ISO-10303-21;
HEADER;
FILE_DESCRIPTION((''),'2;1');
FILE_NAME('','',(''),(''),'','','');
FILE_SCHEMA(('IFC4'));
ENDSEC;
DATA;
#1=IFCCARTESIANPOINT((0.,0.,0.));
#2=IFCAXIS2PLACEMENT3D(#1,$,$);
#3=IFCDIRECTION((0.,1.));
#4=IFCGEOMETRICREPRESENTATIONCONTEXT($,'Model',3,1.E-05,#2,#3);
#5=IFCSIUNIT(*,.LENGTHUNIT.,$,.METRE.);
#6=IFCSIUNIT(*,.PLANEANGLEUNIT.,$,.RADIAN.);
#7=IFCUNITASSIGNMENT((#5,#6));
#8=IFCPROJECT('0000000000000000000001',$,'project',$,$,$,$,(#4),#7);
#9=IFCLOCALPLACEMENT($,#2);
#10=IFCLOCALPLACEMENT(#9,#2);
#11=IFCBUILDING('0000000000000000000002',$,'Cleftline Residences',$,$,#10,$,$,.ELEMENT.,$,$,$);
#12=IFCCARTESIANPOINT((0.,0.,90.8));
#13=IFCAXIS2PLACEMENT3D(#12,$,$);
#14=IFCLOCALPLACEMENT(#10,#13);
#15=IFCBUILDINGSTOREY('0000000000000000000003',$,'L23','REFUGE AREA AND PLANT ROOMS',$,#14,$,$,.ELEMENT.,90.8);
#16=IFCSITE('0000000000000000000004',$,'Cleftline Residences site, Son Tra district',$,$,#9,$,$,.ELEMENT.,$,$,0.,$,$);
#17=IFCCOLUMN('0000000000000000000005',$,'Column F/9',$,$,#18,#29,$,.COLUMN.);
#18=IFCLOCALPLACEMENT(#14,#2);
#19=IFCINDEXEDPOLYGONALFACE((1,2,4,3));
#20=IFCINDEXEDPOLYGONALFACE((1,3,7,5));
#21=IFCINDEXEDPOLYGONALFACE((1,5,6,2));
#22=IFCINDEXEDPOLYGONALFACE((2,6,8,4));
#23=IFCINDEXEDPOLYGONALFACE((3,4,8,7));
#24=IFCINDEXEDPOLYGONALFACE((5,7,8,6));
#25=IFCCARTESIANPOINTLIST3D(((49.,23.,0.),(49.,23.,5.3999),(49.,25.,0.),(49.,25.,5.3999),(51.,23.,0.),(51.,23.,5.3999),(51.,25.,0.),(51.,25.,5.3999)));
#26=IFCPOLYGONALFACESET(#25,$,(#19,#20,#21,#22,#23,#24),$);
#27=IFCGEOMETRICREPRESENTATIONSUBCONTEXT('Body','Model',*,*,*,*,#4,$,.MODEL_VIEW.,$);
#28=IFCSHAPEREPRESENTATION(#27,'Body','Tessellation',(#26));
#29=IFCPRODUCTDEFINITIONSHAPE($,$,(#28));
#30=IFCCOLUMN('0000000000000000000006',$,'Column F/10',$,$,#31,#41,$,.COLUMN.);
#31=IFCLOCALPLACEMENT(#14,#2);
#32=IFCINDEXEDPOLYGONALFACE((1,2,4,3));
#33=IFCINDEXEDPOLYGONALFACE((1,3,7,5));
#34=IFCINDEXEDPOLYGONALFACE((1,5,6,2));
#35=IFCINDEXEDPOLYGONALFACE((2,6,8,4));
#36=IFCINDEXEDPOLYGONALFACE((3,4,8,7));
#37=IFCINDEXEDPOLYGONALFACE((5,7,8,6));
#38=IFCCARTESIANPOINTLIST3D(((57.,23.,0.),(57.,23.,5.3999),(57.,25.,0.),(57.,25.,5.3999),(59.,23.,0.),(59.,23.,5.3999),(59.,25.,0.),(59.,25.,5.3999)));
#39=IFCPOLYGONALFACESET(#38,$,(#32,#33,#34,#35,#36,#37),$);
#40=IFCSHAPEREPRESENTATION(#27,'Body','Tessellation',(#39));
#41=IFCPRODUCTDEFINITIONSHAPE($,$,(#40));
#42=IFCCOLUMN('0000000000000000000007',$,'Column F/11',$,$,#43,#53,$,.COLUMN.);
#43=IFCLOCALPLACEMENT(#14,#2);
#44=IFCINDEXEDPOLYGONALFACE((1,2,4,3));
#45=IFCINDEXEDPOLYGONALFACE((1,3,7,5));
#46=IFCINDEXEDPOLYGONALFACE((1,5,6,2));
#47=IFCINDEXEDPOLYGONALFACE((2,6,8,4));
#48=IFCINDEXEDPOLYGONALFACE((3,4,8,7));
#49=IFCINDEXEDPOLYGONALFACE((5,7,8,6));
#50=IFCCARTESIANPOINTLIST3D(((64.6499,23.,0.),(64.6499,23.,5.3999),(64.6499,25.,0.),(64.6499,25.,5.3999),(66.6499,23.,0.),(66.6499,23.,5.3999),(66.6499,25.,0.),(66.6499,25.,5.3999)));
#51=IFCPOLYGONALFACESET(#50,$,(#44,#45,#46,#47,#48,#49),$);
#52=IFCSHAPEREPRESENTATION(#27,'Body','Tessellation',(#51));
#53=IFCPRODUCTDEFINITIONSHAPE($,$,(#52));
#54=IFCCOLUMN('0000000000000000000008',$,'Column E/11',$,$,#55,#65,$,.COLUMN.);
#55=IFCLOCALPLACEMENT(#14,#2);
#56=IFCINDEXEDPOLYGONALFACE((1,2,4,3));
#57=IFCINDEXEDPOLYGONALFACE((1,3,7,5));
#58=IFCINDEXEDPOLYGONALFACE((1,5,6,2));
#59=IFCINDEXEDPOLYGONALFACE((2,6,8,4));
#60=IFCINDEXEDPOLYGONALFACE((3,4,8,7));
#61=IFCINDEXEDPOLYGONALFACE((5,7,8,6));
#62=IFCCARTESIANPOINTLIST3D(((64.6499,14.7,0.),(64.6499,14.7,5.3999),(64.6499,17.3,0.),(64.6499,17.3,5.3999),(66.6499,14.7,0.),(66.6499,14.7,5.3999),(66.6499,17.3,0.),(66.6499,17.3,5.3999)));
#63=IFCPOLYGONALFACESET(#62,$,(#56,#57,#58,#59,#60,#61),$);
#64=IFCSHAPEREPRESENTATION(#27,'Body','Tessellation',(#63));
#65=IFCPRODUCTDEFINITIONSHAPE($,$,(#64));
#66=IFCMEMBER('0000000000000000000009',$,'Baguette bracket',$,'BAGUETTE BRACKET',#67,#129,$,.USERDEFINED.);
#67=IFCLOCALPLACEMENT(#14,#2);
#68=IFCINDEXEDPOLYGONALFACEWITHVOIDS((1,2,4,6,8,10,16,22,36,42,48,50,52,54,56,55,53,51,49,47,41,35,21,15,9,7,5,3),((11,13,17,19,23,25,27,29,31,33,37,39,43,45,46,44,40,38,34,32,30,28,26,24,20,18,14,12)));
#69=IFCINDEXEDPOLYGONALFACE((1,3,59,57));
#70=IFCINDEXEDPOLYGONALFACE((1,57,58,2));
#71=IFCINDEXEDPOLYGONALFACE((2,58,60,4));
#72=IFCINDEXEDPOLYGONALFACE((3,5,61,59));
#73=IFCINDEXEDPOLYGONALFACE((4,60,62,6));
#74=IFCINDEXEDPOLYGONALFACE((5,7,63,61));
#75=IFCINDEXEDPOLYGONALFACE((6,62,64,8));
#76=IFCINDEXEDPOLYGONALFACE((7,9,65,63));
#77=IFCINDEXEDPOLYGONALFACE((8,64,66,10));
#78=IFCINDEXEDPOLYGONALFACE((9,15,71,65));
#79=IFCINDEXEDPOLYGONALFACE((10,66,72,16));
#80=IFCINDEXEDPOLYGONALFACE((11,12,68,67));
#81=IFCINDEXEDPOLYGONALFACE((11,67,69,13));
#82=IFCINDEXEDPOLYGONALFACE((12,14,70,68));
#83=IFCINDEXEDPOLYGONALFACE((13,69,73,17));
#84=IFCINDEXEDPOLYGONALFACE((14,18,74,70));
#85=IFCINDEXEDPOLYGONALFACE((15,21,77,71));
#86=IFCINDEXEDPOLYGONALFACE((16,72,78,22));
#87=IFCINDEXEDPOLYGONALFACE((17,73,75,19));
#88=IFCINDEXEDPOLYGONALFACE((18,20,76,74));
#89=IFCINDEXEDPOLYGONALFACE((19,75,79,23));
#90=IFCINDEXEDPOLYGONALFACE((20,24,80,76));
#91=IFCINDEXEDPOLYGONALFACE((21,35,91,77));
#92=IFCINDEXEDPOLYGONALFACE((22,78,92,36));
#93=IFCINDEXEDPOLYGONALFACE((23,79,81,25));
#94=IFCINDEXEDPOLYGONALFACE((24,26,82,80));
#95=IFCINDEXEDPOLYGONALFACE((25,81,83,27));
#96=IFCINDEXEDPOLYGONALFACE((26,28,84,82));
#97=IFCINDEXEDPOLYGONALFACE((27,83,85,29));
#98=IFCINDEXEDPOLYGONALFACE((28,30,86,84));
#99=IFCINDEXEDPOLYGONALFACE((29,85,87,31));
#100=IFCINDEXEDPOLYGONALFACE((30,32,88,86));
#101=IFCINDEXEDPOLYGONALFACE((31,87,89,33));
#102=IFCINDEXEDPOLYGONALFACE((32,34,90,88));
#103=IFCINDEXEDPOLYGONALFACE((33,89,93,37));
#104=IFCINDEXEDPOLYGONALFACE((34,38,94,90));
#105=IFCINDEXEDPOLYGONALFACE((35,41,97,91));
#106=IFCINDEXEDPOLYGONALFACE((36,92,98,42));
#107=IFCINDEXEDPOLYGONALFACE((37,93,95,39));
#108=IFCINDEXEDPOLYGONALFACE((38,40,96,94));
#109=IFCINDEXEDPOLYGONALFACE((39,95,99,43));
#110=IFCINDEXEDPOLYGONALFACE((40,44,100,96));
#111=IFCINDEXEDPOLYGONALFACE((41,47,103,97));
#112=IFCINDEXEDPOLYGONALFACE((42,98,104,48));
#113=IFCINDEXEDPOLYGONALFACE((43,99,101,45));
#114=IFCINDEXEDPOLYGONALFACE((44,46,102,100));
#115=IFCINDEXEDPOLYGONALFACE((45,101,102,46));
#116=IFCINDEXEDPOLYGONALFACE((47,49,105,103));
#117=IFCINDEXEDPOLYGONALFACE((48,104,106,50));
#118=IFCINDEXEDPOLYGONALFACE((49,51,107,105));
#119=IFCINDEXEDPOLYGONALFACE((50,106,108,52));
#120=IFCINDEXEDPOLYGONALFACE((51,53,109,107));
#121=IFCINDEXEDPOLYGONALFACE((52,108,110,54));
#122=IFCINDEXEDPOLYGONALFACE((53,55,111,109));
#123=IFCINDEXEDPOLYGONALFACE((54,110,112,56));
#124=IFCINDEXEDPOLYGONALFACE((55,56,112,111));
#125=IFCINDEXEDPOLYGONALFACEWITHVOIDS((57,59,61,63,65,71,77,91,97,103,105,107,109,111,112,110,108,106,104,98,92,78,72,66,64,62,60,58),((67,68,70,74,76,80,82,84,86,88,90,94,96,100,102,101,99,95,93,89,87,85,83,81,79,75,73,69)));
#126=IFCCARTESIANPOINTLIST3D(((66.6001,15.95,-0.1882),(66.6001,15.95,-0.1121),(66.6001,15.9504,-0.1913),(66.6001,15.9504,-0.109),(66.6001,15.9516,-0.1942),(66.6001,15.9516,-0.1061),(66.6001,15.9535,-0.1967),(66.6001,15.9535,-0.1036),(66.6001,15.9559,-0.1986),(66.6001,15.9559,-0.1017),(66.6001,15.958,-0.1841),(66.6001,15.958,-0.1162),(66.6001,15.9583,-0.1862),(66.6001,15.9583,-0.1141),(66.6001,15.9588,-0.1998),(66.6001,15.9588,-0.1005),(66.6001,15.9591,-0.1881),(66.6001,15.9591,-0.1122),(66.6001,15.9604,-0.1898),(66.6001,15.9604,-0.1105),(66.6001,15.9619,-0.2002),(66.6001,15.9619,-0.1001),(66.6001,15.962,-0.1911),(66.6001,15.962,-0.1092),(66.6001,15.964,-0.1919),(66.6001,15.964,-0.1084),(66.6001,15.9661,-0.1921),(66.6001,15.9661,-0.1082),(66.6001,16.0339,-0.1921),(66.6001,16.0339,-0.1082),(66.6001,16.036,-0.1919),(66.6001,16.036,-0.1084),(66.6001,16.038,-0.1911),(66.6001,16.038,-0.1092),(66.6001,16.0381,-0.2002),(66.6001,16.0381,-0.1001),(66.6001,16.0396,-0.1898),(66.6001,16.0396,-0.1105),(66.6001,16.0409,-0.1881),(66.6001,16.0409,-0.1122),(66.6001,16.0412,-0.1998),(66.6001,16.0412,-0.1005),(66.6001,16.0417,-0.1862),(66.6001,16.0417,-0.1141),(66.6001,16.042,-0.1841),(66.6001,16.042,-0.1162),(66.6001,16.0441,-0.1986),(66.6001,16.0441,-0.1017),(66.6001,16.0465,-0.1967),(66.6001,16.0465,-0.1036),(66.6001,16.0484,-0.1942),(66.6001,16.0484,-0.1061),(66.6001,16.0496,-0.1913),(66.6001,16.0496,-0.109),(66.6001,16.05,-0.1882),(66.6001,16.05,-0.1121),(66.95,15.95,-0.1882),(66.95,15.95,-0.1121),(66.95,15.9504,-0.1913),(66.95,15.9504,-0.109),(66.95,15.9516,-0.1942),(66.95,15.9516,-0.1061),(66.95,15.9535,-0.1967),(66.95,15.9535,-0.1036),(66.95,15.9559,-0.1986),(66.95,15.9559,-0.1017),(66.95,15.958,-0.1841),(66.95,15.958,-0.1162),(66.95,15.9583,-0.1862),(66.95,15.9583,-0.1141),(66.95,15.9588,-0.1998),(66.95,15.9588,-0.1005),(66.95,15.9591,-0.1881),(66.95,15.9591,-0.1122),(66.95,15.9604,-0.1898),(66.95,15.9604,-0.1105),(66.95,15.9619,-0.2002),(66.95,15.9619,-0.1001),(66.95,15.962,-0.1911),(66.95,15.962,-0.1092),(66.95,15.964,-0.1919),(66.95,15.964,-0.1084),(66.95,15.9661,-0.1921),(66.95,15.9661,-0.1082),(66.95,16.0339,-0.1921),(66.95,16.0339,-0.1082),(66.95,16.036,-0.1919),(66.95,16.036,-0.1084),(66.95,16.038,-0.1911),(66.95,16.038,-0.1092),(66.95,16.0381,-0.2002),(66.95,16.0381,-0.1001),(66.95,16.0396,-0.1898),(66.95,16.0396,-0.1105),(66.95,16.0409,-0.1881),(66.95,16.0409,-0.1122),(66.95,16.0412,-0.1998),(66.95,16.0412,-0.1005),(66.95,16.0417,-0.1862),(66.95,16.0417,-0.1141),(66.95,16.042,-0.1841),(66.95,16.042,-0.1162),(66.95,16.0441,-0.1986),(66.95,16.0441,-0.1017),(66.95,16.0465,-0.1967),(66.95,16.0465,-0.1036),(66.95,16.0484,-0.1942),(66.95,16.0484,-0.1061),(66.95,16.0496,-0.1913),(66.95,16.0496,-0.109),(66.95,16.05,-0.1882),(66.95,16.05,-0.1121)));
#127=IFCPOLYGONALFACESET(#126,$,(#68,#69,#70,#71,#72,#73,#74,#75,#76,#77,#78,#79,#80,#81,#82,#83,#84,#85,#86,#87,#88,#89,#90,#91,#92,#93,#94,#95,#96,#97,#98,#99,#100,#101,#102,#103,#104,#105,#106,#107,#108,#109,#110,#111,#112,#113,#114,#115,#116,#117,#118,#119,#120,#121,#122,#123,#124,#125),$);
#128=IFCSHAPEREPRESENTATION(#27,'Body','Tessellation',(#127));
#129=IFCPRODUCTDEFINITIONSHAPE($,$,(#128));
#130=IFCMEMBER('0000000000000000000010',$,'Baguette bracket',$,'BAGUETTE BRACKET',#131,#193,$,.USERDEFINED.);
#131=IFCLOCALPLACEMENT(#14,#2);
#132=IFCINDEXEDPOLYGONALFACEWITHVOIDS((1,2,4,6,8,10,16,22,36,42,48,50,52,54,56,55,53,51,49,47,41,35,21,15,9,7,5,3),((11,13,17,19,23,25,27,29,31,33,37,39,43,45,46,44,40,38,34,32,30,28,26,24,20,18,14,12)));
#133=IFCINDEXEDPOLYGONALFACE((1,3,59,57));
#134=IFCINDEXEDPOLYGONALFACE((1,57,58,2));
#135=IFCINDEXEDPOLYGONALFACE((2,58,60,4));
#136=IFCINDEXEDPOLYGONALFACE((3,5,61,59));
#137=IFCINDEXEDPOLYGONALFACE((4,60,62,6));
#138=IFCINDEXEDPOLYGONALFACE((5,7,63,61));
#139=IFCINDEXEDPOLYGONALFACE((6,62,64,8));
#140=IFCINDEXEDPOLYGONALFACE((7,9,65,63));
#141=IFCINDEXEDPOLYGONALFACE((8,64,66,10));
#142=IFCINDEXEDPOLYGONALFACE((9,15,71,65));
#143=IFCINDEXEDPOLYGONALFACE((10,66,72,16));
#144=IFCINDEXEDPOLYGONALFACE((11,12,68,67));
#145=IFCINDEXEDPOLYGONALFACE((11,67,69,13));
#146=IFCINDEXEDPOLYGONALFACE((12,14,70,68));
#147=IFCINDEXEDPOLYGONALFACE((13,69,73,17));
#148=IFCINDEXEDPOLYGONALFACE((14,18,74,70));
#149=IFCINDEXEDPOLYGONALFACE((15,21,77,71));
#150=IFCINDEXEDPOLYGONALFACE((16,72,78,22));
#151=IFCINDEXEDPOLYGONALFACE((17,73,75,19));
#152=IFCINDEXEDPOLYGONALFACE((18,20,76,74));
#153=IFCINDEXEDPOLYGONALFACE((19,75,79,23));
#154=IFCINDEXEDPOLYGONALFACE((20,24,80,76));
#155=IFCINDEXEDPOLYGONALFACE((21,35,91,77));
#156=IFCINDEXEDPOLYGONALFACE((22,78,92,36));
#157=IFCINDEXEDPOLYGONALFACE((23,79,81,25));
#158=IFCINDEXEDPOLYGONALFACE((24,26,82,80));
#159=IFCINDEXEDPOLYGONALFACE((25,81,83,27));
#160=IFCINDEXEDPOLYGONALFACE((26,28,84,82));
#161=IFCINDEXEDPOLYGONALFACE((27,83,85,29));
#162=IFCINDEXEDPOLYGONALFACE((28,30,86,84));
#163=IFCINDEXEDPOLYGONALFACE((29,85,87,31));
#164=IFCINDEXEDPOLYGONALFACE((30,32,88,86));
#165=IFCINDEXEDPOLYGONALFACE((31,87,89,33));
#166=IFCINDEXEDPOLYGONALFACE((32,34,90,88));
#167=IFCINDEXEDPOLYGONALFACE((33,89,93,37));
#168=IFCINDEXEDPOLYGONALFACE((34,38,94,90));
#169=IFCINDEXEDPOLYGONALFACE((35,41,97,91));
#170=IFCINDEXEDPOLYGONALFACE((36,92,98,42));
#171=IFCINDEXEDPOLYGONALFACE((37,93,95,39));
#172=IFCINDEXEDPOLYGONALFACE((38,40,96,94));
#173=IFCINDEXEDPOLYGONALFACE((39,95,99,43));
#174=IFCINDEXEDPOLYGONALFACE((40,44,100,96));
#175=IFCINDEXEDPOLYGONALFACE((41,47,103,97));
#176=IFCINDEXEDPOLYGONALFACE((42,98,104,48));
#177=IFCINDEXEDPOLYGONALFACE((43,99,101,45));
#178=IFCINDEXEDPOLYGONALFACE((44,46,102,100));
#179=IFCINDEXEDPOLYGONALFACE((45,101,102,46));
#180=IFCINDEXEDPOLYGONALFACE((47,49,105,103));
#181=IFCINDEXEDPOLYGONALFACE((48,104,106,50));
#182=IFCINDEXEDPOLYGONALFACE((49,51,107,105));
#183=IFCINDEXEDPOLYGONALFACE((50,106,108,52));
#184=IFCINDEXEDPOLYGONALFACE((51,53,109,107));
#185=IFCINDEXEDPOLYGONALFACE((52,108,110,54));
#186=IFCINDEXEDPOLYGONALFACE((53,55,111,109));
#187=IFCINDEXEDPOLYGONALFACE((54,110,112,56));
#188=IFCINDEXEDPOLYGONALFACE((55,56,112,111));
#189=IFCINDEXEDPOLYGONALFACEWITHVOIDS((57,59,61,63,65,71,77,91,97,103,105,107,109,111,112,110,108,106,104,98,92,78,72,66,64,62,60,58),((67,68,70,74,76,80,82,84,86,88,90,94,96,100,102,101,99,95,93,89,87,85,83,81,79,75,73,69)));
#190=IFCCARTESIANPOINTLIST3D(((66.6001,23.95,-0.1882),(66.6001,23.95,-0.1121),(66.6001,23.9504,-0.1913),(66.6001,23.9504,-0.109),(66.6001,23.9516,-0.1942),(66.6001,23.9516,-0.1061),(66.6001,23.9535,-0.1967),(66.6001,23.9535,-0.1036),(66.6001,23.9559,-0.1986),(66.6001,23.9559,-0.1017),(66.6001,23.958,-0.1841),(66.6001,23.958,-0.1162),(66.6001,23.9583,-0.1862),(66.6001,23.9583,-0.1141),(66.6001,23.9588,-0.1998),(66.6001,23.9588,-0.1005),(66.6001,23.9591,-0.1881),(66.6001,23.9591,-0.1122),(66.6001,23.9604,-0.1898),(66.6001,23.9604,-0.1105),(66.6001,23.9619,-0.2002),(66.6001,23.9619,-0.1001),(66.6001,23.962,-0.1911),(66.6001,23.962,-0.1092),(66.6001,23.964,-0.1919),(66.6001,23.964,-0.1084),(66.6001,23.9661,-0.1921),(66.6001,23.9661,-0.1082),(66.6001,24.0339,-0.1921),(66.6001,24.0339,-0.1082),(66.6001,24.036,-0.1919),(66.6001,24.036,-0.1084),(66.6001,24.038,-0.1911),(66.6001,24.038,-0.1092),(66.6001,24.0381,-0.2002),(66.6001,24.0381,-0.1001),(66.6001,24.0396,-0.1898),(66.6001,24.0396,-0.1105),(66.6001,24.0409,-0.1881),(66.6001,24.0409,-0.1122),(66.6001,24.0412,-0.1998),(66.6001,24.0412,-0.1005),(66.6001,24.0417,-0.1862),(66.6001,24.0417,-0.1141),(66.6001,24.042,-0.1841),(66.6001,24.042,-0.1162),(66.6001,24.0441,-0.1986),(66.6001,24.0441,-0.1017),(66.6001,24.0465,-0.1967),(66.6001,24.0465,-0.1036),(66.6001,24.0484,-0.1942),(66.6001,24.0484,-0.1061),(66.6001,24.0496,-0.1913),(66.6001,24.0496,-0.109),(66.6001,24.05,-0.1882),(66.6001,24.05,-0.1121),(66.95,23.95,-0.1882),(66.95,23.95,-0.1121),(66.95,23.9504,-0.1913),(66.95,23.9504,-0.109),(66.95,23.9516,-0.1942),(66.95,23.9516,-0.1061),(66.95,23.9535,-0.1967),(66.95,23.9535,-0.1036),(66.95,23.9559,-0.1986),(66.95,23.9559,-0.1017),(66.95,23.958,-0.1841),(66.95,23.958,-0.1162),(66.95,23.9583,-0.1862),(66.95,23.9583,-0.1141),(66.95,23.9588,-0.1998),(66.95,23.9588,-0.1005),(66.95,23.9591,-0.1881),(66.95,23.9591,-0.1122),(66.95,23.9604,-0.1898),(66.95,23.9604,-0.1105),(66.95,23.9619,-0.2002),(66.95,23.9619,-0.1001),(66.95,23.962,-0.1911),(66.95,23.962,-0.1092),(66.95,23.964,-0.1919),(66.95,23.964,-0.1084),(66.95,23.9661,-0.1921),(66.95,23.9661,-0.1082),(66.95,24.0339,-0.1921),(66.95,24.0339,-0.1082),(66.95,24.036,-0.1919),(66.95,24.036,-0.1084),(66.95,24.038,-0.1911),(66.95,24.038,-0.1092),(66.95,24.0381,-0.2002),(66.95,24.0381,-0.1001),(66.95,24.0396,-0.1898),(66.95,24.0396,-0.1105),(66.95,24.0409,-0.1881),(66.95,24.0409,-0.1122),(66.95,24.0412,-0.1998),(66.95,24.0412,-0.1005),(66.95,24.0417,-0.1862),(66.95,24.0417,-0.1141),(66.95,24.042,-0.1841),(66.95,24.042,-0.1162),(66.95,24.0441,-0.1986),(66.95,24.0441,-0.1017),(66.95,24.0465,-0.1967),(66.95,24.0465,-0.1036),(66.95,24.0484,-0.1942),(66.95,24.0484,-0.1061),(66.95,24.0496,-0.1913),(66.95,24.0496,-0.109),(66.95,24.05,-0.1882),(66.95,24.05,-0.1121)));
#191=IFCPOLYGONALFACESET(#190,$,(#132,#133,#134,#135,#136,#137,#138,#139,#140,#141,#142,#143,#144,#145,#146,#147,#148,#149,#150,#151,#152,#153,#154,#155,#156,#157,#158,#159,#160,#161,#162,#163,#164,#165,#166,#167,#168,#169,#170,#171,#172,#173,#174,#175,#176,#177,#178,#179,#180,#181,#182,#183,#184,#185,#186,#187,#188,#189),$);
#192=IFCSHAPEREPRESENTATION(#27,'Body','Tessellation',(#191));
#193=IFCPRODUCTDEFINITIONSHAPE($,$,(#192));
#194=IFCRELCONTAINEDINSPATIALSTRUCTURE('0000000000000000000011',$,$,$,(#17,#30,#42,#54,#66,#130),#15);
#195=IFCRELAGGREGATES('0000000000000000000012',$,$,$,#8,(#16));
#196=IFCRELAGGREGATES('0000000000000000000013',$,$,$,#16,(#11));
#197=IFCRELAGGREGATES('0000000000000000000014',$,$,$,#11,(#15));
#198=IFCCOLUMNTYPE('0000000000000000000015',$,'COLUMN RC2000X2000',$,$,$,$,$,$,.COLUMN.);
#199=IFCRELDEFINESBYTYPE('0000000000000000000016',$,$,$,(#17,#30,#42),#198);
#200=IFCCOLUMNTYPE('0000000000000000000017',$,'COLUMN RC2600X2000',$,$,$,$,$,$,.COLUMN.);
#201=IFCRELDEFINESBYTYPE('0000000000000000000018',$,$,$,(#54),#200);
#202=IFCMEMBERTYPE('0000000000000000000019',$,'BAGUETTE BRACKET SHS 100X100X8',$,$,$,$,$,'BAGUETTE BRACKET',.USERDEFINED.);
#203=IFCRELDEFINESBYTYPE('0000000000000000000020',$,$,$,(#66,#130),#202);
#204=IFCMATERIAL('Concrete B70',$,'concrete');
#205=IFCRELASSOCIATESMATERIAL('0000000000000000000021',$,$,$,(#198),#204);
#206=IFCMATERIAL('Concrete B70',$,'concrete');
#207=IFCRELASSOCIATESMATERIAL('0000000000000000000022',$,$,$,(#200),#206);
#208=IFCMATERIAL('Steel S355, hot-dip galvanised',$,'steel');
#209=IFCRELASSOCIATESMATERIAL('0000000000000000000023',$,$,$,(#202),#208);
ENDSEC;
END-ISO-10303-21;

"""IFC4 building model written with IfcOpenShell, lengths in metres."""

from ifc_helpers import new_model, si_unit, direction, frame, origin, origin_2d, place, context, subcontext, project, spatial, rectangle, hollow_rectangle, extrude, material, material_profile, profile_set, type_object, element, save


model = new_model("IFC4")

# Units and contexts
model_context = context("Model", 3, precision=1e-05, world=origin(), true_north=direction((0.0, 1.0)))
body_context = subcontext(model_context, "Body", "Model", "MODEL_VIEW")
ifc_project = project(units=[si_unit("LENGTHUNIT", "METRE"), si_unit("PLANEANGLEUNIT", "RADIAN")], contexts=[model_context])

# Site, building, storey
site_placement = place(None, origin())
site = spatial("IfcSite", under=ifc_project, at=site_placement, Name="Cleftline Residences site, Son Tra district", CompositionType="ELEMENT", RefElevation=0.0)
building_placement = place(site_placement, origin())
building = spatial("IfcBuilding", under=site, at=building_placement, Name="Cleftline Residences", CompositionType="ELEMENT")
storey_placement = place(building_placement, frame((0.0, 0.0, 90.8)))
storey = spatial("IfcBuildingStorey", under=building, at=storey_placement, Name="L23", Description="REFUGE AREA AND PLANT ROOMS", CompositionType="ELEMENT", Elevation=90.8)

# Columns
ifc_material_1 = material(Name="Concrete B70", Category="concrete")
ifc_material_profile_1 = material_profile(ifc_material_1, rectangle(XDim=2.0, YDim=2.0, at=origin_2d()))
ifc_profile_set_1 = profile_set([ifc_material_profile_1], Name="Concrete B70")
column_type_1 = type_object("IfcColumnType", Name="COLUMN RC2000X2000", PredefinedType="COLUMN", material=ifc_profile_set_1)
for number, where, z_axis, x_axis, name in (
    (1, (50.0, 24.0, 0.0), (0.0, 0.0, 1.0), (1.0, 0.0, 0.0), "Column F/9"),
    (2, (58.0, 24.0, 0.0), (0.0, 0.0, 1.0), (1.0, 0.0, 0.0), "Column F/10"),
    (3, (65.6499, 24.0, 0.0), (0.0, 0.0, 1.0), (1.0, 0.0, 0.0), "Column F/11"),
):
    element("IfcColumn", number, at=place(storey_placement, frame(where, z_axis=z_axis, x_axis=x_axis)), inside=storey, type_object=column_type_1, Name=name, PredefinedType="COLUMN", context=body_context, shape_type="SweptSolid", body=[
        extrude(rectangle(XDim=2.0, YDim=2.0, at=origin_2d()), origin(), (0.0, 0.0, 1.0), 5.3999),
    ])
ifc_material_2 = material(Name="Concrete B70", Category="concrete")
ifc_material_profile_2 = material_profile(ifc_material_2, rectangle(XDim=2.6001, YDim=2.0, at=origin_2d()))
ifc_profile_set_2 = profile_set([ifc_material_profile_2], Name="Concrete B70")
column_type_2 = type_object("IfcColumnType", Name="COLUMN RC2600X2000", PredefinedType="COLUMN", material=ifc_profile_set_2)
column_placement = place(storey_placement, frame((65.6499, 16.0, 0.0), z_axis=(0.0, 0.0, 1.0), x_axis=(0.0, 1.0, 0.0)))
element("IfcColumn", 4, at=column_placement, inside=storey, type_object=column_type_2, Name="Column E/11", PredefinedType="COLUMN", context=body_context, shape_type="SweptSolid", body=[
    extrude(rectangle(XDim=2.6001, YDim=2.0, at=origin_2d()), origin(), (0.0, 0.0, 1.0), 5.3999),
])

# Members
ifc_material_3 = material(Name="Steel S355, hot-dip galvanised", Category="steel")
ifc_material_profile_3 = material_profile(ifc_material_3, hollow_rectangle(XDim=0.1001, YDim=0.1001, WallThickness=0.0081, InnerFilletRadius=0.0081, OuterFilletRadius=0.012, at=origin_2d()))
ifc_profile_set_3 = profile_set([ifc_material_profile_3], Name="Steel S355, hot-dip galvanised")
member_type_1 = type_object("IfcMemberType", Name="BAGUETTE BRACKET SHS 100X100X8", ElementType="BAGUETTE BRACKET", PredefinedType="USERDEFINED", material=ifc_profile_set_3)
for number, where, z_axis, x_axis, name in (
    (5, (66.6001, 16.0, -0.1501), (1.0, 0.0, 0.0), (0.0, 1.0, 0.0), "Baguette bracket"),
    (6, (66.6001, 24.0, -0.1501), (1.0, 0.0, 0.0), (0.0, 1.0, 0.0), "Baguette bracket"),
):
    element("IfcMember", number, at=place(storey_placement, frame(where, z_axis=z_axis, x_axis=x_axis)), inside=storey, type_object=member_type_1, Name=name, ObjectType="BAGUETTE BRACKET", PredefinedType="USERDEFINED", context=body_context, shape_type="SweptSolid", body=[
        extrude(hollow_rectangle(XDim=0.1001, YDim=0.1001, WallThickness=0.0081, InnerFilletRadius=0.0081, OuterFilletRadius=0.012, at=origin_2d()), origin(), (0.0, 0.0, 1.0), 0.3499),
    ])

save(model, "model.ifc")
